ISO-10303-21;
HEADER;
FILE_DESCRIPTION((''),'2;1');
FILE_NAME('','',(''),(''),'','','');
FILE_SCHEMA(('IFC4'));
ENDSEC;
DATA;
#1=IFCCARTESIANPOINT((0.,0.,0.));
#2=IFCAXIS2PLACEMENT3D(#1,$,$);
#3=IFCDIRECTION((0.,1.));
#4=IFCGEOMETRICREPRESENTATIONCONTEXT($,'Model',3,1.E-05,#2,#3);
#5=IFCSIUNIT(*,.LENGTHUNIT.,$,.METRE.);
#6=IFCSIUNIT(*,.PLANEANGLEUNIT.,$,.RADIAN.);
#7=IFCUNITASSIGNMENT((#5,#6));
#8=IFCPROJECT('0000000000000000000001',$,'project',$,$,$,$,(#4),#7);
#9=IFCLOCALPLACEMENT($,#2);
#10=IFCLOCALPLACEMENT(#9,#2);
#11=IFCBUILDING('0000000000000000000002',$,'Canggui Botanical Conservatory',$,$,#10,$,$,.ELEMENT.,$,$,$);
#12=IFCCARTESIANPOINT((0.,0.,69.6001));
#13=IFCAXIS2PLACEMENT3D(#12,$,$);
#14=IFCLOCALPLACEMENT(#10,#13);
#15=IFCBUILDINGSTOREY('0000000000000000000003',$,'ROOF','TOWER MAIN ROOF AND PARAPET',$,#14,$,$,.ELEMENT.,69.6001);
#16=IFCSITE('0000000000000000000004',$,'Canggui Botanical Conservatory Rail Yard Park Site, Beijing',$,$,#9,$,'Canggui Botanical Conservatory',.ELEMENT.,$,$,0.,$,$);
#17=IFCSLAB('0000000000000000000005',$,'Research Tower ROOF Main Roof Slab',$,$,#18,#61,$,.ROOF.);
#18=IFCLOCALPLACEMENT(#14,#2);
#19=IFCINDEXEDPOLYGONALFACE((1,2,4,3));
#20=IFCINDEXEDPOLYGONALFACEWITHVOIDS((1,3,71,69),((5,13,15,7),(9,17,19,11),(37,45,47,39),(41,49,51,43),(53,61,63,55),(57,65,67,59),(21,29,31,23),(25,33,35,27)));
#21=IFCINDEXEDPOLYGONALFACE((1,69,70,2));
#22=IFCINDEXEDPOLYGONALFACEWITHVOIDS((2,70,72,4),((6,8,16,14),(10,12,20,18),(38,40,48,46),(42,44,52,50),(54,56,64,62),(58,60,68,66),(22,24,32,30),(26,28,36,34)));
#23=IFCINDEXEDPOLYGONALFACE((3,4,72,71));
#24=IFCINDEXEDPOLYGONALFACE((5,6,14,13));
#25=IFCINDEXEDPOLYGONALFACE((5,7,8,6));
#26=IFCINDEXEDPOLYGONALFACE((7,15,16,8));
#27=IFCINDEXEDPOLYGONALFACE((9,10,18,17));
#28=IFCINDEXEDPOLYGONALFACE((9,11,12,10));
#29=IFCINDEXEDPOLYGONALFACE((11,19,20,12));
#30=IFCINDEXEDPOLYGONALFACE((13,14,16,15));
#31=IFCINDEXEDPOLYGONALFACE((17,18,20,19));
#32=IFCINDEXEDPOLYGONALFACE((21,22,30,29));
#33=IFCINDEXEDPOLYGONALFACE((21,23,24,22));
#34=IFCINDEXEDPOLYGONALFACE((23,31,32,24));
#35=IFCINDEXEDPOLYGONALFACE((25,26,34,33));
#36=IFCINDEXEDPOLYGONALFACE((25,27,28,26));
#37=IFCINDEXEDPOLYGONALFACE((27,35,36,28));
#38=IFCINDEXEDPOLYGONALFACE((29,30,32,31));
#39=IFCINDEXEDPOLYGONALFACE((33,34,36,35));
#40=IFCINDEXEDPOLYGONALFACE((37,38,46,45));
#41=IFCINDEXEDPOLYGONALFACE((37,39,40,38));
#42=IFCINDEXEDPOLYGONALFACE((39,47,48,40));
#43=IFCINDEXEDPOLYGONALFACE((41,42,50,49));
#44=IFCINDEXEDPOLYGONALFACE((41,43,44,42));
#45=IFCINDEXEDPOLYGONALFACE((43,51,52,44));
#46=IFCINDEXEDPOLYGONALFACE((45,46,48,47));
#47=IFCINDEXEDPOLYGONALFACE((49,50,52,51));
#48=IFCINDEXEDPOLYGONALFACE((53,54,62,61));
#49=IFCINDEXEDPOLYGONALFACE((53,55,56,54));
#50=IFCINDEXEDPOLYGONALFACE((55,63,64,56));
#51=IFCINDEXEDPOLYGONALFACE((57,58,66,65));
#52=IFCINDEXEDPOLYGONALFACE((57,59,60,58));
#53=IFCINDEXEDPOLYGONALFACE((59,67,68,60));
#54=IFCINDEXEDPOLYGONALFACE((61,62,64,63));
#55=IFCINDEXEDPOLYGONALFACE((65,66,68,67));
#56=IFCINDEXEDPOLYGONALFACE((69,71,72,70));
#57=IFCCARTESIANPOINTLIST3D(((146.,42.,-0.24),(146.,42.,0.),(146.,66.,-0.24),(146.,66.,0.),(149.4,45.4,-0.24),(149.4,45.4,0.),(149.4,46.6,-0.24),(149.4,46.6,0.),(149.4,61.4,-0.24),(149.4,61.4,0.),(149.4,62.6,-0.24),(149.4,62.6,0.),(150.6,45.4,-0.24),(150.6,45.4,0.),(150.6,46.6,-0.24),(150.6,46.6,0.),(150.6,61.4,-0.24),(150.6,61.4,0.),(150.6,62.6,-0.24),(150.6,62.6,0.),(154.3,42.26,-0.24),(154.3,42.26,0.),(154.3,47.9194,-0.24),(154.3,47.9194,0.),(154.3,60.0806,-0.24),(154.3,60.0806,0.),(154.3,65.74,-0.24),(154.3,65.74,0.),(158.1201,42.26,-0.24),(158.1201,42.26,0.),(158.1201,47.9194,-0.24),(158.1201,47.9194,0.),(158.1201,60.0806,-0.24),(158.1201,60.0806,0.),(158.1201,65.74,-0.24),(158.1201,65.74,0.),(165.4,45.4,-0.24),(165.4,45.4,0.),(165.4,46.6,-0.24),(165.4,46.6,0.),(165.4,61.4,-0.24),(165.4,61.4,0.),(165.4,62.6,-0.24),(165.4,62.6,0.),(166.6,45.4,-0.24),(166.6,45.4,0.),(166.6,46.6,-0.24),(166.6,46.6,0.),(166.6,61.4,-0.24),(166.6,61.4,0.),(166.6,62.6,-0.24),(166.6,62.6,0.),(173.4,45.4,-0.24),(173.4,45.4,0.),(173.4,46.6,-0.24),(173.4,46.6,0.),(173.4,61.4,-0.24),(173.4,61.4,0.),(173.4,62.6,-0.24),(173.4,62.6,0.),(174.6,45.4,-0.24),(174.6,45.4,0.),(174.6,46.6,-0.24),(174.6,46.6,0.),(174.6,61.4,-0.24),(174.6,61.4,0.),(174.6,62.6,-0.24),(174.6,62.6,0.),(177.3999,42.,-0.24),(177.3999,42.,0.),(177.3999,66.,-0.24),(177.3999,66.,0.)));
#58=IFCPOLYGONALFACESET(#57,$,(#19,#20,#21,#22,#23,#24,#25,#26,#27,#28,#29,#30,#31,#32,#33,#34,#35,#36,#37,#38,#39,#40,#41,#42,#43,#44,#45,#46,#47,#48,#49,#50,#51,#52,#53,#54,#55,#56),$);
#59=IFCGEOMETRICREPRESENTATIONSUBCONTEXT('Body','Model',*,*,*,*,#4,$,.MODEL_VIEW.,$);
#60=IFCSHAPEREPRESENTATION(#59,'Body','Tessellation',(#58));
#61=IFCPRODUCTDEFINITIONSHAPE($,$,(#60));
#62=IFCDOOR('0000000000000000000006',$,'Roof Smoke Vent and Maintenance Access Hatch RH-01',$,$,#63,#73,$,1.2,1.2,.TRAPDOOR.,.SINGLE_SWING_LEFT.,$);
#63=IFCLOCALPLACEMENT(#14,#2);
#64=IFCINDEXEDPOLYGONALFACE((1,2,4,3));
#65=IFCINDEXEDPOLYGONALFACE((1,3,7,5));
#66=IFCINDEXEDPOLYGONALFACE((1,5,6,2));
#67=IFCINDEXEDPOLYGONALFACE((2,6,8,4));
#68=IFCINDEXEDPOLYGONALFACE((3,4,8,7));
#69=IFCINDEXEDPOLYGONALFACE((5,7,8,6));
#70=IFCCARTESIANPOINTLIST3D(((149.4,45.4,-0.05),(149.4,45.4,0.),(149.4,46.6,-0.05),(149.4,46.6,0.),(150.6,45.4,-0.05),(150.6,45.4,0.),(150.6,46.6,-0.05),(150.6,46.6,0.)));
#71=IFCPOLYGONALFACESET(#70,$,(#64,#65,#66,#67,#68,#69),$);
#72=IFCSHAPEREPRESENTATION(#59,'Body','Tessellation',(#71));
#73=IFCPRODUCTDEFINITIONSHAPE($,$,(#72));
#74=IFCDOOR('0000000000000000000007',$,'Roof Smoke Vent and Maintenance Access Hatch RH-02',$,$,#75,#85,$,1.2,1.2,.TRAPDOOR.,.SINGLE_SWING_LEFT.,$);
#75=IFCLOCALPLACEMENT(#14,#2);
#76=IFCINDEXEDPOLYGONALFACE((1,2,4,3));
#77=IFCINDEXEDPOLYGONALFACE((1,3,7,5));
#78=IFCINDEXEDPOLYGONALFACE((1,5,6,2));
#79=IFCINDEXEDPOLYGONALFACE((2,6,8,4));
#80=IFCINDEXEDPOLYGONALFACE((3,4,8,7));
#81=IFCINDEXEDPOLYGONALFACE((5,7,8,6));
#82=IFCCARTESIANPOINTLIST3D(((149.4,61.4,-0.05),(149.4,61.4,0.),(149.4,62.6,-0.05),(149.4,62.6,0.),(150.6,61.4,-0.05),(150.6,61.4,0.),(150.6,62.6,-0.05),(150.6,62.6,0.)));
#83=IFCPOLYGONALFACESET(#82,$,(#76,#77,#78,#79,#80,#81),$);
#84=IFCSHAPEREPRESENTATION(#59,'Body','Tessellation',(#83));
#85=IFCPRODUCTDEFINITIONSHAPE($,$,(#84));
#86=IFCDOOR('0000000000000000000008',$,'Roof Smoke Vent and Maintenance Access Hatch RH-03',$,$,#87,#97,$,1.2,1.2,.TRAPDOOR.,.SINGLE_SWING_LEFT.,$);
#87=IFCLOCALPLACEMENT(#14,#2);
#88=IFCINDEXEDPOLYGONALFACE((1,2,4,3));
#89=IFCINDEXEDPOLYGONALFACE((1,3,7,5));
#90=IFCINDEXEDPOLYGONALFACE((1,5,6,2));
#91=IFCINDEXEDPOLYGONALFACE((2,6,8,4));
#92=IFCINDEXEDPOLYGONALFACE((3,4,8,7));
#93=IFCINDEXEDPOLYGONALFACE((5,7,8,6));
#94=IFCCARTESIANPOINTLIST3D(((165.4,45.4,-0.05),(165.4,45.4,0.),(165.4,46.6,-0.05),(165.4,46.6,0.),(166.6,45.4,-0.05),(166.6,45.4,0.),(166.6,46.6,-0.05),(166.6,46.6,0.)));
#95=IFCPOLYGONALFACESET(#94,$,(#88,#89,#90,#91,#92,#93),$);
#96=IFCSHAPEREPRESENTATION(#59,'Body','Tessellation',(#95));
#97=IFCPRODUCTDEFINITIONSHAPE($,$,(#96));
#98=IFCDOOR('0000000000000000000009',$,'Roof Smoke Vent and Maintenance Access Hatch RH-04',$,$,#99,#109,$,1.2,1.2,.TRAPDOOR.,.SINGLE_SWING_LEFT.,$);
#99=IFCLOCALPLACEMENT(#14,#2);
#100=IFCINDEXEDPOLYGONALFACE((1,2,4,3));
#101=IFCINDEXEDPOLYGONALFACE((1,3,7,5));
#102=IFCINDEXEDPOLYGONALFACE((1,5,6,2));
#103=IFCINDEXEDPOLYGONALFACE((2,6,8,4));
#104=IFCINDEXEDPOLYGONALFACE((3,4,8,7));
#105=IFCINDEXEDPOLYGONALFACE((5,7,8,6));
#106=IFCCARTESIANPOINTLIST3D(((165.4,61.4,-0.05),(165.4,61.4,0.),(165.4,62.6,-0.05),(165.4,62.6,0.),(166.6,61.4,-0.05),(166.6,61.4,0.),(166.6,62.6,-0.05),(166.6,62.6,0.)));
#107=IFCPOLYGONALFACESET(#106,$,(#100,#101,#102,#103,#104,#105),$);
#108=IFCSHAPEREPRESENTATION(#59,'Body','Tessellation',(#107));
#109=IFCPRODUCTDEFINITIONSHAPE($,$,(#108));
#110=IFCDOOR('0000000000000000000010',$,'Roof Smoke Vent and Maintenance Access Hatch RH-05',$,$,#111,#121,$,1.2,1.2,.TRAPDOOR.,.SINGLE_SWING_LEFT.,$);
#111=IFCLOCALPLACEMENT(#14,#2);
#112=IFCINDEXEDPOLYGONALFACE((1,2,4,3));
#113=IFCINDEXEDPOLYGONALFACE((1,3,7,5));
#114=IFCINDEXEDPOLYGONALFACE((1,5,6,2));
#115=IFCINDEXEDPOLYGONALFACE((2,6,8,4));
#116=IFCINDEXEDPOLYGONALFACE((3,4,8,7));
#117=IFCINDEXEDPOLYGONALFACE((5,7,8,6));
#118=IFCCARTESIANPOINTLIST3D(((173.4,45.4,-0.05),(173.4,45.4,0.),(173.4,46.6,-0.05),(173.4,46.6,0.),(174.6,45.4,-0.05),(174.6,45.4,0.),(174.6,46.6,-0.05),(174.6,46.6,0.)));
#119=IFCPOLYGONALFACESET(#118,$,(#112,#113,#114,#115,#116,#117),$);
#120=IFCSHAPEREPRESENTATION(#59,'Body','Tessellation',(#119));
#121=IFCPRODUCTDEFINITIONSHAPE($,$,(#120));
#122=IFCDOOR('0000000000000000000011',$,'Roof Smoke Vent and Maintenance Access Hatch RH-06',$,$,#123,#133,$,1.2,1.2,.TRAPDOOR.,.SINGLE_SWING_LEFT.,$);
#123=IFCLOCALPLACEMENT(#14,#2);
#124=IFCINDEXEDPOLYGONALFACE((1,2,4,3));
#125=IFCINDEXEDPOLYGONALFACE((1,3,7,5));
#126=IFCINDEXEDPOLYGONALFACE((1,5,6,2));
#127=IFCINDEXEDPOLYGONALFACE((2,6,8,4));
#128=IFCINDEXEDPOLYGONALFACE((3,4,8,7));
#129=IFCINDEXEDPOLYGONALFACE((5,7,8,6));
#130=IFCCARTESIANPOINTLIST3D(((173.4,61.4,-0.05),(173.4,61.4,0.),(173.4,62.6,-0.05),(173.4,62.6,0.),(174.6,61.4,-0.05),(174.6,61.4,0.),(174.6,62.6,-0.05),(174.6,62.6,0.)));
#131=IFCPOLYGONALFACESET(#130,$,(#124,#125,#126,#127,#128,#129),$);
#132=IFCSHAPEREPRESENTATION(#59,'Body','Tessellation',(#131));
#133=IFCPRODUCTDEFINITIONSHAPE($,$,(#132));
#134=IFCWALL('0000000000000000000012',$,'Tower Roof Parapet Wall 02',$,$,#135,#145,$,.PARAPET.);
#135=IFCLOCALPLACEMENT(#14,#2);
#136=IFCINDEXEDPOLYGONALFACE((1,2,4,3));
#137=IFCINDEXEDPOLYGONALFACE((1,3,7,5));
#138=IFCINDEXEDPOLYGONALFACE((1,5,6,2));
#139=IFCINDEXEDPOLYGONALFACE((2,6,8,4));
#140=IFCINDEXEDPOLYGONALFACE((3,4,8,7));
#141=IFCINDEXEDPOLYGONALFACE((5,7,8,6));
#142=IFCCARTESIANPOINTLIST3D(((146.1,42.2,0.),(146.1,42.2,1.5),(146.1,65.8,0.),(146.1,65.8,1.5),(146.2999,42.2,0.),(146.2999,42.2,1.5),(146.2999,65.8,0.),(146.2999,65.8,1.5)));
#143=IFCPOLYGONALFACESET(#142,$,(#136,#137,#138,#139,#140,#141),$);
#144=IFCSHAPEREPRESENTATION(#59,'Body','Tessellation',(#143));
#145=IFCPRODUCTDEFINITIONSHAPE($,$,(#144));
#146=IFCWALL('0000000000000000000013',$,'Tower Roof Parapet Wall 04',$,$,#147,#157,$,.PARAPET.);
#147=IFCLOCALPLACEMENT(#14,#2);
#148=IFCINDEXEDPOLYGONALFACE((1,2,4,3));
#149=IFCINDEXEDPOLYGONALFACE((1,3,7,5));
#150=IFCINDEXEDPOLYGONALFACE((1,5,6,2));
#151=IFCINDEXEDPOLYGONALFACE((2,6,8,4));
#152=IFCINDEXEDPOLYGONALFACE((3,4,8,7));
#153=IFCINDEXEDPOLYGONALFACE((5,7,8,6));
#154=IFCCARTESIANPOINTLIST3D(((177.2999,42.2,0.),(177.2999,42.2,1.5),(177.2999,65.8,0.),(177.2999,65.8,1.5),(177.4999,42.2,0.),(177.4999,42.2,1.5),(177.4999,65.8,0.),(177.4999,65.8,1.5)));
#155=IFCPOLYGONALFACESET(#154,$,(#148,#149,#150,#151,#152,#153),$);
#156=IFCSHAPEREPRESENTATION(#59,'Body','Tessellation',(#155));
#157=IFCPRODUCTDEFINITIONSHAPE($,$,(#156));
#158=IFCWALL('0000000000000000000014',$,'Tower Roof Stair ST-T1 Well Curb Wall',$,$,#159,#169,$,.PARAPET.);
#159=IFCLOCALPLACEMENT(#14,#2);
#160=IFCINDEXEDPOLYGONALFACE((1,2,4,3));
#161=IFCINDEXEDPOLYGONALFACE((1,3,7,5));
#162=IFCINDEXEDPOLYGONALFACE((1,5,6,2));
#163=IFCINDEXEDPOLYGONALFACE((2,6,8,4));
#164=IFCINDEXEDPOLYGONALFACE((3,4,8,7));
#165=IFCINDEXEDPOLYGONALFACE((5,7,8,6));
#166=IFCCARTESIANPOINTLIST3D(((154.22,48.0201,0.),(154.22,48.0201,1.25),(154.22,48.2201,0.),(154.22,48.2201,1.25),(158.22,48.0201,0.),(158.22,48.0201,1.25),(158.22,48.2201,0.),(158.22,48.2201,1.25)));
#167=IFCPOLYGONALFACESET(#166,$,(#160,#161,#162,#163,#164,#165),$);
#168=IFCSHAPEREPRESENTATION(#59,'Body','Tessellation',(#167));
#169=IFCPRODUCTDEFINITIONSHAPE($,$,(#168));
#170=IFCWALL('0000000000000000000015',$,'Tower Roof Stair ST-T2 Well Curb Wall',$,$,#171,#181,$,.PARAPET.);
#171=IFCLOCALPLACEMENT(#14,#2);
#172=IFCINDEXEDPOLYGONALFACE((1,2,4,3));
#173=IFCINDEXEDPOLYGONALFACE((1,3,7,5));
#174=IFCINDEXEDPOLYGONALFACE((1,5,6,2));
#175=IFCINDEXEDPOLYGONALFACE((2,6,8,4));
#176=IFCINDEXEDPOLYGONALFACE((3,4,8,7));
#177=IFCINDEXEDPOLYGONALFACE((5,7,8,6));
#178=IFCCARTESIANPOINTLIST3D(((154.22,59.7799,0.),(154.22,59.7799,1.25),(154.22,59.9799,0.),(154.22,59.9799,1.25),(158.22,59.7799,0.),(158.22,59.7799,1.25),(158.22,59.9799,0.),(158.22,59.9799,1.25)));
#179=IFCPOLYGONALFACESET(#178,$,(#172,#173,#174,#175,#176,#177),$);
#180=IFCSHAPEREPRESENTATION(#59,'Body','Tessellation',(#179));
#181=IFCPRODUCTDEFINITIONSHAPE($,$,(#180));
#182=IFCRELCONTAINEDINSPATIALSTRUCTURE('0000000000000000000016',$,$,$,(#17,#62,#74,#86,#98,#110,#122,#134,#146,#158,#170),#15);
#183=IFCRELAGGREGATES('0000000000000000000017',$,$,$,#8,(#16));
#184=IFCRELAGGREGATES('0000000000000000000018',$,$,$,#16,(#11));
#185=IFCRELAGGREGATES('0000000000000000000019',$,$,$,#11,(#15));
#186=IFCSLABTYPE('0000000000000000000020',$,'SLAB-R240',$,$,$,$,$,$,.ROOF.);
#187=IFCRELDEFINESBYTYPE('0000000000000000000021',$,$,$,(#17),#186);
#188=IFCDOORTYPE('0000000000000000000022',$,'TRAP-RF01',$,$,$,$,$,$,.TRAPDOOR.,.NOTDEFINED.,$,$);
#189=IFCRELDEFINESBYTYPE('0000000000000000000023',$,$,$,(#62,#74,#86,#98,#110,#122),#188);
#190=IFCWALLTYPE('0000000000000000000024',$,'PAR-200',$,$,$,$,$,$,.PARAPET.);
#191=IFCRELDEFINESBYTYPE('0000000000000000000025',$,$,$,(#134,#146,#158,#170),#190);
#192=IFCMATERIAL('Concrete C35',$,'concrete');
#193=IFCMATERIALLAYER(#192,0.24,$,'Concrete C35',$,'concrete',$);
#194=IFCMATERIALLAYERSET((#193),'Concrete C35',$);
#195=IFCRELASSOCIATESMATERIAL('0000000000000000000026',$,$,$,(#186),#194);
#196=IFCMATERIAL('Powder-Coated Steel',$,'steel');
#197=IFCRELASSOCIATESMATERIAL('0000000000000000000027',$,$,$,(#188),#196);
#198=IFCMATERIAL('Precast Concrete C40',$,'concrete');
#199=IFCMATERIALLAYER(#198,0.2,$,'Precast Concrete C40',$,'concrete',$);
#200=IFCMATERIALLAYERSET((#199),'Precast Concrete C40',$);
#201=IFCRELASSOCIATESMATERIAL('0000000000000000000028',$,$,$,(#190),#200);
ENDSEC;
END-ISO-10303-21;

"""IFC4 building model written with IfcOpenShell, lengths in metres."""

from ifc_helpers import new_model, si_unit, direction, frame, frame_2d, origin, origin_2d, place, context, subcontext, project, spatial, polyline, rectangle, outline, extrude, material, layer, layer_set, type_object, element, fill, save


model = new_model("IFC4")

# Units and contexts
model_context = context("Model", 3, precision=1e-05, world=origin(), true_north=direction((0.0, 1.0)))
body_context = subcontext(model_context, "Body", "Model", "MODEL_VIEW")
ifc_project = project(units=[si_unit("LENGTHUNIT", "METRE"), si_unit("PLANEANGLEUNIT", "RADIAN")], contexts=[model_context])

# Site, building, storey
site_placement = place(None, origin())
site = spatial("IfcSite", under=ifc_project, at=site_placement, Name="Canggui Botanical Conservatory Rail Yard Park Site, Beijing", LongName="Canggui Botanical Conservatory", CompositionType="ELEMENT", RefElevation=0.0)
building_placement = place(site_placement, origin())
building = spatial("IfcBuilding", under=site, at=building_placement, Name="Canggui Botanical Conservatory", CompositionType="ELEMENT")
storey_placement = place(building_placement, frame((0.0, 0.0, 69.6001)))
storey = spatial("IfcBuildingStorey", under=building, at=storey_placement, Name="ROOF", Description="TOWER MAIN ROOF AND PARAPET", CompositionType="ELEMENT", Elevation=69.6001)

# Slab, openings, doors
ifc_material_1 = material(Name="Concrete C35", Category="concrete")
ifc_layer_1 = layer(ifc_material_1, 0.24, Name="Concrete C35", Category="concrete")
ifc_layer_set_1 = layer_set([ifc_layer_1], Name="Concrete C35")
slab_type = type_object("IfcSlabType", Name="SLAB-R240", PredefinedType="ROOF", material=ifc_layer_set_1)
slab_placement = place(storey_placement, frame((0.0, 0.0, -0.24)))
slab = element("IfcSlab", 1, at=slab_placement, inside=storey, type_object=slab_type, Name="Research Tower ROOF Main Roof Slab", PredefinedType="ROOF", context=body_context, shape_type="SweptSolid", body=[
    extrude(outline(polyline([(146.0, 42.0), (177.3999, 42.0), (177.3999, 66.0), (146.0, 66.0), (146.0, 42.0)]), holes=[polyline([(154.3, 47.9194), (154.3, 42.26), (158.1201, 42.26), (158.1201, 47.9194), (154.3, 47.9194)]), polyline([(158.1201, 60.0806), (158.1201, 65.74), (154.3, 65.74), (154.3, 60.0806), (158.1201, 60.0806)])]), origin(), (0.0, 0.0, 1.0), 0.24),
])
opening_1_placement = place(slab_placement, frame((150.0, 46.0, 0.0)))
opening_1 = element("IfcOpeningElement", 2, at=opening_1_placement, cuts=slab, PredefinedType="OPENING", context=body_context, shape_type="SweptSolid", body=[
    extrude(rectangle(XDim=1.2, YDim=1.2, at=origin_2d()), origin(), (0.0, 0.0, 1.0), 0.24),
])
opening_2_placement = place(slab_placement, frame((150.0, 62.0, 0.0)))
opening_2 = element("IfcOpeningElement", 3, at=opening_2_placement, cuts=slab, PredefinedType="OPENING", context=body_context, shape_type="SweptSolid", body=[
    extrude(rectangle(XDim=1.2, YDim=1.2, at=origin_2d()), origin(), (0.0, 0.0, 1.0), 0.24),
])
opening_3_placement = place(slab_placement, frame((166.0, 46.0, 0.0)))
opening_3 = element("IfcOpeningElement", 4, at=opening_3_placement, cuts=slab, PredefinedType="OPENING", context=body_context, shape_type="SweptSolid", body=[
    extrude(rectangle(XDim=1.2, YDim=1.2, at=origin_2d()), origin(), (0.0, 0.0, 1.0), 0.24),
])
opening_4_placement = place(slab_placement, frame((166.0, 62.0, 0.0)))
opening_4 = element("IfcOpeningElement", 5, at=opening_4_placement, cuts=slab, PredefinedType="OPENING", context=body_context, shape_type="SweptSolid", body=[
    extrude(rectangle(XDim=1.2, YDim=1.2, at=origin_2d()), origin(), (0.0, 0.0, 1.0), 0.24),
])
opening_5_placement = place(slab_placement, frame((174.0, 46.0, 0.0)))
opening_5 = element("IfcOpeningElement", 6, at=opening_5_placement, cuts=slab, PredefinedType="OPENING", context=body_context, shape_type="SweptSolid", body=[
    extrude(rectangle(XDim=1.2, YDim=1.2, at=origin_2d()), origin(), (0.0, 0.0, 1.0), 0.24),
])
opening_6_placement = place(slab_placement, frame((174.0, 62.0, 0.0)))
opening_6 = element("IfcOpeningElement", 7, at=opening_6_placement, cuts=slab, PredefinedType="OPENING", context=body_context, shape_type="SweptSolid", body=[
    extrude(rectangle(XDim=1.2, YDim=1.2, at=origin_2d()), origin(), (0.0, 0.0, 1.0), 0.24),
])
ifc_material_2 = material(Name="Powder-Coated Steel", Category="steel")
door_type = type_object("IfcDoorType", Name="TRAP-RF01", OperationType="NOTDEFINED", PredefinedType="TRAPDOOR", material=ifc_material_2)
door_1_placement = place(opening_1_placement, frame((0.0, 0.0, 0.1899)))
door_1 = element("IfcDoor", 8, at=door_1_placement, inside=storey, type_object=door_type, Name="Roof Smoke Vent and Maintenance Access Hatch RH-01", OperationType="SINGLE_SWING_LEFT", OverallHeight=1.2, OverallWidth=1.2, PredefinedType="TRAPDOOR", context=body_context, shape_type="SweptSolid", body=[
    extrude(rectangle(XDim=1.2, YDim=1.2, at=origin_2d()), origin(), (0.0, 0.0, 1.0), 0.05),
])
fill(opening_1, door_1)
door_2_placement = place(opening_2_placement, frame((0.0, 0.0, 0.1899)))
door_2 = element("IfcDoor", 9, at=door_2_placement, inside=storey, type_object=door_type, Name="Roof Smoke Vent and Maintenance Access Hatch RH-02", OperationType="SINGLE_SWING_LEFT", OverallHeight=1.2, OverallWidth=1.2, PredefinedType="TRAPDOOR", context=body_context, shape_type="SweptSolid", body=[
    extrude(rectangle(XDim=1.2, YDim=1.2, at=origin_2d()), origin(), (0.0, 0.0, 1.0), 0.05),
])
fill(opening_2, door_2)
door_3_placement = place(opening_3_placement, frame((0.0, 0.0, 0.1899)))
door_3 = element("IfcDoor", 10, at=door_3_placement, inside=storey, type_object=door_type, Name="Roof Smoke Vent and Maintenance Access Hatch RH-03", OperationType="SINGLE_SWING_LEFT", OverallHeight=1.2, OverallWidth=1.2, PredefinedType="TRAPDOOR", context=body_context, shape_type="SweptSolid", body=[
    extrude(rectangle(XDim=1.2, YDim=1.2, at=origin_2d()), origin(), (0.0, 0.0, 1.0), 0.05),
])
fill(opening_3, door_3)
door_4_placement = place(opening_4_placement, frame((0.0, 0.0, 0.1899)))
door_4 = element("IfcDoor", 11, at=door_4_placement, inside=storey, type_object=door_type, Name="Roof Smoke Vent and Maintenance Access Hatch RH-04", OperationType="SINGLE_SWING_LEFT", OverallHeight=1.2, OverallWidth=1.2, PredefinedType="TRAPDOOR", context=body_context, shape_type="SweptSolid", body=[
    extrude(rectangle(XDim=1.2, YDim=1.2, at=origin_2d()), origin(), (0.0, 0.0, 1.0), 0.05),
])
fill(opening_4, door_4)
door_5_placement = place(opening_5_placement, frame((0.0, 0.0, 0.1899)))
door_5 = element("IfcDoor", 12, at=door_5_placement, inside=storey, type_object=door_type, Name="Roof Smoke Vent and Maintenance Access Hatch RH-05", OperationType="SINGLE_SWING_LEFT", OverallHeight=1.2, OverallWidth=1.2, PredefinedType="TRAPDOOR", context=body_context, shape_type="SweptSolid", body=[
    extrude(rectangle(XDim=1.2, YDim=1.2, at=origin_2d()), origin(), (0.0, 0.0, 1.0), 0.05),
])
fill(opening_5, door_5)
door_6_placement = place(opening_6_placement, frame((0.0, 0.0, 0.1899)))
door_6 = element("IfcDoor", 13, at=door_6_placement, inside=storey, type_object=door_type, Name="Roof Smoke Vent and Maintenance Access Hatch RH-06", OperationType="SINGLE_SWING_LEFT", OverallHeight=1.2, OverallWidth=1.2, PredefinedType="TRAPDOOR", context=body_context, shape_type="SweptSolid", body=[
    extrude(rectangle(XDim=1.2, YDim=1.2, at=origin_2d()), origin(), (0.0, 0.0, 1.0), 0.05),
])
fill(opening_6, door_6)

# Walls
ifc_material_3 = material(Name="Precast Concrete C40", Category="concrete")
ifc_layer_2 = layer(ifc_material_3, 0.2, Name="Precast Concrete C40", Category="concrete")
ifc_layer_set_2 = layer_set([ifc_layer_2], Name="Precast Concrete C40")
wall_type_1 = type_object("IfcWallType", Name="PAR-200", PredefinedType="PARAPET", material=ifc_layer_set_2)
for number, where, z_axis, x_axis, name in (
    (14, (146.2, 42.2, 0.0), (0.0, 0.0, 1.0), (0.0, 1.0, 0.0), "Tower Roof Parapet Wall 02"),
    (15, (177.3999, 65.8, 0.0), (0.0, 0.0, 1.0), (0.0, -1.0, 0.0), "Tower Roof Parapet Wall 04"),
):
    element("IfcWall", number, at=place(storey_placement, frame(where, z_axis=z_axis, x_axis=x_axis)), inside=storey, type_object=wall_type_1, Name=name, PredefinedType="PARAPET", context=body_context, shape_type="SweptSolid", body=[
        extrude(rectangle(XDim=23.6001, YDim=0.2, at=frame_2d((11.8, 0.0))), origin(), (0.0, 0.0, 1.0), 1.5),
    ])
for number, where, z_axis, x_axis, name in (
    (16, (154.22, 48.1201, 0.0), (0.0, 0.0, 1.0), (1.0, 0.0, 0.0), "Tower Roof Stair ST-T1 Well Curb Wall"),
    (17, (154.22, 59.8799, 0.0), (0.0, 0.0, 1.0), (1.0, 0.0, 0.0), "Tower Roof Stair ST-T2 Well Curb Wall"),
):
    element("IfcWall", number, at=place(storey_placement, frame(where, z_axis=z_axis, x_axis=x_axis)), inside=storey, type_object=wall_type_1, Name=name, PredefinedType="PARAPET", context=body_context, shape_type="SweptSolid", body=[
        extrude(rectangle(XDim=4.0, YDim=0.2, at=frame_2d((2.0, 0.0))), origin(), (0.0, 0.0, 1.0), 1.25),
    ])

save(model, "model.ifc")
